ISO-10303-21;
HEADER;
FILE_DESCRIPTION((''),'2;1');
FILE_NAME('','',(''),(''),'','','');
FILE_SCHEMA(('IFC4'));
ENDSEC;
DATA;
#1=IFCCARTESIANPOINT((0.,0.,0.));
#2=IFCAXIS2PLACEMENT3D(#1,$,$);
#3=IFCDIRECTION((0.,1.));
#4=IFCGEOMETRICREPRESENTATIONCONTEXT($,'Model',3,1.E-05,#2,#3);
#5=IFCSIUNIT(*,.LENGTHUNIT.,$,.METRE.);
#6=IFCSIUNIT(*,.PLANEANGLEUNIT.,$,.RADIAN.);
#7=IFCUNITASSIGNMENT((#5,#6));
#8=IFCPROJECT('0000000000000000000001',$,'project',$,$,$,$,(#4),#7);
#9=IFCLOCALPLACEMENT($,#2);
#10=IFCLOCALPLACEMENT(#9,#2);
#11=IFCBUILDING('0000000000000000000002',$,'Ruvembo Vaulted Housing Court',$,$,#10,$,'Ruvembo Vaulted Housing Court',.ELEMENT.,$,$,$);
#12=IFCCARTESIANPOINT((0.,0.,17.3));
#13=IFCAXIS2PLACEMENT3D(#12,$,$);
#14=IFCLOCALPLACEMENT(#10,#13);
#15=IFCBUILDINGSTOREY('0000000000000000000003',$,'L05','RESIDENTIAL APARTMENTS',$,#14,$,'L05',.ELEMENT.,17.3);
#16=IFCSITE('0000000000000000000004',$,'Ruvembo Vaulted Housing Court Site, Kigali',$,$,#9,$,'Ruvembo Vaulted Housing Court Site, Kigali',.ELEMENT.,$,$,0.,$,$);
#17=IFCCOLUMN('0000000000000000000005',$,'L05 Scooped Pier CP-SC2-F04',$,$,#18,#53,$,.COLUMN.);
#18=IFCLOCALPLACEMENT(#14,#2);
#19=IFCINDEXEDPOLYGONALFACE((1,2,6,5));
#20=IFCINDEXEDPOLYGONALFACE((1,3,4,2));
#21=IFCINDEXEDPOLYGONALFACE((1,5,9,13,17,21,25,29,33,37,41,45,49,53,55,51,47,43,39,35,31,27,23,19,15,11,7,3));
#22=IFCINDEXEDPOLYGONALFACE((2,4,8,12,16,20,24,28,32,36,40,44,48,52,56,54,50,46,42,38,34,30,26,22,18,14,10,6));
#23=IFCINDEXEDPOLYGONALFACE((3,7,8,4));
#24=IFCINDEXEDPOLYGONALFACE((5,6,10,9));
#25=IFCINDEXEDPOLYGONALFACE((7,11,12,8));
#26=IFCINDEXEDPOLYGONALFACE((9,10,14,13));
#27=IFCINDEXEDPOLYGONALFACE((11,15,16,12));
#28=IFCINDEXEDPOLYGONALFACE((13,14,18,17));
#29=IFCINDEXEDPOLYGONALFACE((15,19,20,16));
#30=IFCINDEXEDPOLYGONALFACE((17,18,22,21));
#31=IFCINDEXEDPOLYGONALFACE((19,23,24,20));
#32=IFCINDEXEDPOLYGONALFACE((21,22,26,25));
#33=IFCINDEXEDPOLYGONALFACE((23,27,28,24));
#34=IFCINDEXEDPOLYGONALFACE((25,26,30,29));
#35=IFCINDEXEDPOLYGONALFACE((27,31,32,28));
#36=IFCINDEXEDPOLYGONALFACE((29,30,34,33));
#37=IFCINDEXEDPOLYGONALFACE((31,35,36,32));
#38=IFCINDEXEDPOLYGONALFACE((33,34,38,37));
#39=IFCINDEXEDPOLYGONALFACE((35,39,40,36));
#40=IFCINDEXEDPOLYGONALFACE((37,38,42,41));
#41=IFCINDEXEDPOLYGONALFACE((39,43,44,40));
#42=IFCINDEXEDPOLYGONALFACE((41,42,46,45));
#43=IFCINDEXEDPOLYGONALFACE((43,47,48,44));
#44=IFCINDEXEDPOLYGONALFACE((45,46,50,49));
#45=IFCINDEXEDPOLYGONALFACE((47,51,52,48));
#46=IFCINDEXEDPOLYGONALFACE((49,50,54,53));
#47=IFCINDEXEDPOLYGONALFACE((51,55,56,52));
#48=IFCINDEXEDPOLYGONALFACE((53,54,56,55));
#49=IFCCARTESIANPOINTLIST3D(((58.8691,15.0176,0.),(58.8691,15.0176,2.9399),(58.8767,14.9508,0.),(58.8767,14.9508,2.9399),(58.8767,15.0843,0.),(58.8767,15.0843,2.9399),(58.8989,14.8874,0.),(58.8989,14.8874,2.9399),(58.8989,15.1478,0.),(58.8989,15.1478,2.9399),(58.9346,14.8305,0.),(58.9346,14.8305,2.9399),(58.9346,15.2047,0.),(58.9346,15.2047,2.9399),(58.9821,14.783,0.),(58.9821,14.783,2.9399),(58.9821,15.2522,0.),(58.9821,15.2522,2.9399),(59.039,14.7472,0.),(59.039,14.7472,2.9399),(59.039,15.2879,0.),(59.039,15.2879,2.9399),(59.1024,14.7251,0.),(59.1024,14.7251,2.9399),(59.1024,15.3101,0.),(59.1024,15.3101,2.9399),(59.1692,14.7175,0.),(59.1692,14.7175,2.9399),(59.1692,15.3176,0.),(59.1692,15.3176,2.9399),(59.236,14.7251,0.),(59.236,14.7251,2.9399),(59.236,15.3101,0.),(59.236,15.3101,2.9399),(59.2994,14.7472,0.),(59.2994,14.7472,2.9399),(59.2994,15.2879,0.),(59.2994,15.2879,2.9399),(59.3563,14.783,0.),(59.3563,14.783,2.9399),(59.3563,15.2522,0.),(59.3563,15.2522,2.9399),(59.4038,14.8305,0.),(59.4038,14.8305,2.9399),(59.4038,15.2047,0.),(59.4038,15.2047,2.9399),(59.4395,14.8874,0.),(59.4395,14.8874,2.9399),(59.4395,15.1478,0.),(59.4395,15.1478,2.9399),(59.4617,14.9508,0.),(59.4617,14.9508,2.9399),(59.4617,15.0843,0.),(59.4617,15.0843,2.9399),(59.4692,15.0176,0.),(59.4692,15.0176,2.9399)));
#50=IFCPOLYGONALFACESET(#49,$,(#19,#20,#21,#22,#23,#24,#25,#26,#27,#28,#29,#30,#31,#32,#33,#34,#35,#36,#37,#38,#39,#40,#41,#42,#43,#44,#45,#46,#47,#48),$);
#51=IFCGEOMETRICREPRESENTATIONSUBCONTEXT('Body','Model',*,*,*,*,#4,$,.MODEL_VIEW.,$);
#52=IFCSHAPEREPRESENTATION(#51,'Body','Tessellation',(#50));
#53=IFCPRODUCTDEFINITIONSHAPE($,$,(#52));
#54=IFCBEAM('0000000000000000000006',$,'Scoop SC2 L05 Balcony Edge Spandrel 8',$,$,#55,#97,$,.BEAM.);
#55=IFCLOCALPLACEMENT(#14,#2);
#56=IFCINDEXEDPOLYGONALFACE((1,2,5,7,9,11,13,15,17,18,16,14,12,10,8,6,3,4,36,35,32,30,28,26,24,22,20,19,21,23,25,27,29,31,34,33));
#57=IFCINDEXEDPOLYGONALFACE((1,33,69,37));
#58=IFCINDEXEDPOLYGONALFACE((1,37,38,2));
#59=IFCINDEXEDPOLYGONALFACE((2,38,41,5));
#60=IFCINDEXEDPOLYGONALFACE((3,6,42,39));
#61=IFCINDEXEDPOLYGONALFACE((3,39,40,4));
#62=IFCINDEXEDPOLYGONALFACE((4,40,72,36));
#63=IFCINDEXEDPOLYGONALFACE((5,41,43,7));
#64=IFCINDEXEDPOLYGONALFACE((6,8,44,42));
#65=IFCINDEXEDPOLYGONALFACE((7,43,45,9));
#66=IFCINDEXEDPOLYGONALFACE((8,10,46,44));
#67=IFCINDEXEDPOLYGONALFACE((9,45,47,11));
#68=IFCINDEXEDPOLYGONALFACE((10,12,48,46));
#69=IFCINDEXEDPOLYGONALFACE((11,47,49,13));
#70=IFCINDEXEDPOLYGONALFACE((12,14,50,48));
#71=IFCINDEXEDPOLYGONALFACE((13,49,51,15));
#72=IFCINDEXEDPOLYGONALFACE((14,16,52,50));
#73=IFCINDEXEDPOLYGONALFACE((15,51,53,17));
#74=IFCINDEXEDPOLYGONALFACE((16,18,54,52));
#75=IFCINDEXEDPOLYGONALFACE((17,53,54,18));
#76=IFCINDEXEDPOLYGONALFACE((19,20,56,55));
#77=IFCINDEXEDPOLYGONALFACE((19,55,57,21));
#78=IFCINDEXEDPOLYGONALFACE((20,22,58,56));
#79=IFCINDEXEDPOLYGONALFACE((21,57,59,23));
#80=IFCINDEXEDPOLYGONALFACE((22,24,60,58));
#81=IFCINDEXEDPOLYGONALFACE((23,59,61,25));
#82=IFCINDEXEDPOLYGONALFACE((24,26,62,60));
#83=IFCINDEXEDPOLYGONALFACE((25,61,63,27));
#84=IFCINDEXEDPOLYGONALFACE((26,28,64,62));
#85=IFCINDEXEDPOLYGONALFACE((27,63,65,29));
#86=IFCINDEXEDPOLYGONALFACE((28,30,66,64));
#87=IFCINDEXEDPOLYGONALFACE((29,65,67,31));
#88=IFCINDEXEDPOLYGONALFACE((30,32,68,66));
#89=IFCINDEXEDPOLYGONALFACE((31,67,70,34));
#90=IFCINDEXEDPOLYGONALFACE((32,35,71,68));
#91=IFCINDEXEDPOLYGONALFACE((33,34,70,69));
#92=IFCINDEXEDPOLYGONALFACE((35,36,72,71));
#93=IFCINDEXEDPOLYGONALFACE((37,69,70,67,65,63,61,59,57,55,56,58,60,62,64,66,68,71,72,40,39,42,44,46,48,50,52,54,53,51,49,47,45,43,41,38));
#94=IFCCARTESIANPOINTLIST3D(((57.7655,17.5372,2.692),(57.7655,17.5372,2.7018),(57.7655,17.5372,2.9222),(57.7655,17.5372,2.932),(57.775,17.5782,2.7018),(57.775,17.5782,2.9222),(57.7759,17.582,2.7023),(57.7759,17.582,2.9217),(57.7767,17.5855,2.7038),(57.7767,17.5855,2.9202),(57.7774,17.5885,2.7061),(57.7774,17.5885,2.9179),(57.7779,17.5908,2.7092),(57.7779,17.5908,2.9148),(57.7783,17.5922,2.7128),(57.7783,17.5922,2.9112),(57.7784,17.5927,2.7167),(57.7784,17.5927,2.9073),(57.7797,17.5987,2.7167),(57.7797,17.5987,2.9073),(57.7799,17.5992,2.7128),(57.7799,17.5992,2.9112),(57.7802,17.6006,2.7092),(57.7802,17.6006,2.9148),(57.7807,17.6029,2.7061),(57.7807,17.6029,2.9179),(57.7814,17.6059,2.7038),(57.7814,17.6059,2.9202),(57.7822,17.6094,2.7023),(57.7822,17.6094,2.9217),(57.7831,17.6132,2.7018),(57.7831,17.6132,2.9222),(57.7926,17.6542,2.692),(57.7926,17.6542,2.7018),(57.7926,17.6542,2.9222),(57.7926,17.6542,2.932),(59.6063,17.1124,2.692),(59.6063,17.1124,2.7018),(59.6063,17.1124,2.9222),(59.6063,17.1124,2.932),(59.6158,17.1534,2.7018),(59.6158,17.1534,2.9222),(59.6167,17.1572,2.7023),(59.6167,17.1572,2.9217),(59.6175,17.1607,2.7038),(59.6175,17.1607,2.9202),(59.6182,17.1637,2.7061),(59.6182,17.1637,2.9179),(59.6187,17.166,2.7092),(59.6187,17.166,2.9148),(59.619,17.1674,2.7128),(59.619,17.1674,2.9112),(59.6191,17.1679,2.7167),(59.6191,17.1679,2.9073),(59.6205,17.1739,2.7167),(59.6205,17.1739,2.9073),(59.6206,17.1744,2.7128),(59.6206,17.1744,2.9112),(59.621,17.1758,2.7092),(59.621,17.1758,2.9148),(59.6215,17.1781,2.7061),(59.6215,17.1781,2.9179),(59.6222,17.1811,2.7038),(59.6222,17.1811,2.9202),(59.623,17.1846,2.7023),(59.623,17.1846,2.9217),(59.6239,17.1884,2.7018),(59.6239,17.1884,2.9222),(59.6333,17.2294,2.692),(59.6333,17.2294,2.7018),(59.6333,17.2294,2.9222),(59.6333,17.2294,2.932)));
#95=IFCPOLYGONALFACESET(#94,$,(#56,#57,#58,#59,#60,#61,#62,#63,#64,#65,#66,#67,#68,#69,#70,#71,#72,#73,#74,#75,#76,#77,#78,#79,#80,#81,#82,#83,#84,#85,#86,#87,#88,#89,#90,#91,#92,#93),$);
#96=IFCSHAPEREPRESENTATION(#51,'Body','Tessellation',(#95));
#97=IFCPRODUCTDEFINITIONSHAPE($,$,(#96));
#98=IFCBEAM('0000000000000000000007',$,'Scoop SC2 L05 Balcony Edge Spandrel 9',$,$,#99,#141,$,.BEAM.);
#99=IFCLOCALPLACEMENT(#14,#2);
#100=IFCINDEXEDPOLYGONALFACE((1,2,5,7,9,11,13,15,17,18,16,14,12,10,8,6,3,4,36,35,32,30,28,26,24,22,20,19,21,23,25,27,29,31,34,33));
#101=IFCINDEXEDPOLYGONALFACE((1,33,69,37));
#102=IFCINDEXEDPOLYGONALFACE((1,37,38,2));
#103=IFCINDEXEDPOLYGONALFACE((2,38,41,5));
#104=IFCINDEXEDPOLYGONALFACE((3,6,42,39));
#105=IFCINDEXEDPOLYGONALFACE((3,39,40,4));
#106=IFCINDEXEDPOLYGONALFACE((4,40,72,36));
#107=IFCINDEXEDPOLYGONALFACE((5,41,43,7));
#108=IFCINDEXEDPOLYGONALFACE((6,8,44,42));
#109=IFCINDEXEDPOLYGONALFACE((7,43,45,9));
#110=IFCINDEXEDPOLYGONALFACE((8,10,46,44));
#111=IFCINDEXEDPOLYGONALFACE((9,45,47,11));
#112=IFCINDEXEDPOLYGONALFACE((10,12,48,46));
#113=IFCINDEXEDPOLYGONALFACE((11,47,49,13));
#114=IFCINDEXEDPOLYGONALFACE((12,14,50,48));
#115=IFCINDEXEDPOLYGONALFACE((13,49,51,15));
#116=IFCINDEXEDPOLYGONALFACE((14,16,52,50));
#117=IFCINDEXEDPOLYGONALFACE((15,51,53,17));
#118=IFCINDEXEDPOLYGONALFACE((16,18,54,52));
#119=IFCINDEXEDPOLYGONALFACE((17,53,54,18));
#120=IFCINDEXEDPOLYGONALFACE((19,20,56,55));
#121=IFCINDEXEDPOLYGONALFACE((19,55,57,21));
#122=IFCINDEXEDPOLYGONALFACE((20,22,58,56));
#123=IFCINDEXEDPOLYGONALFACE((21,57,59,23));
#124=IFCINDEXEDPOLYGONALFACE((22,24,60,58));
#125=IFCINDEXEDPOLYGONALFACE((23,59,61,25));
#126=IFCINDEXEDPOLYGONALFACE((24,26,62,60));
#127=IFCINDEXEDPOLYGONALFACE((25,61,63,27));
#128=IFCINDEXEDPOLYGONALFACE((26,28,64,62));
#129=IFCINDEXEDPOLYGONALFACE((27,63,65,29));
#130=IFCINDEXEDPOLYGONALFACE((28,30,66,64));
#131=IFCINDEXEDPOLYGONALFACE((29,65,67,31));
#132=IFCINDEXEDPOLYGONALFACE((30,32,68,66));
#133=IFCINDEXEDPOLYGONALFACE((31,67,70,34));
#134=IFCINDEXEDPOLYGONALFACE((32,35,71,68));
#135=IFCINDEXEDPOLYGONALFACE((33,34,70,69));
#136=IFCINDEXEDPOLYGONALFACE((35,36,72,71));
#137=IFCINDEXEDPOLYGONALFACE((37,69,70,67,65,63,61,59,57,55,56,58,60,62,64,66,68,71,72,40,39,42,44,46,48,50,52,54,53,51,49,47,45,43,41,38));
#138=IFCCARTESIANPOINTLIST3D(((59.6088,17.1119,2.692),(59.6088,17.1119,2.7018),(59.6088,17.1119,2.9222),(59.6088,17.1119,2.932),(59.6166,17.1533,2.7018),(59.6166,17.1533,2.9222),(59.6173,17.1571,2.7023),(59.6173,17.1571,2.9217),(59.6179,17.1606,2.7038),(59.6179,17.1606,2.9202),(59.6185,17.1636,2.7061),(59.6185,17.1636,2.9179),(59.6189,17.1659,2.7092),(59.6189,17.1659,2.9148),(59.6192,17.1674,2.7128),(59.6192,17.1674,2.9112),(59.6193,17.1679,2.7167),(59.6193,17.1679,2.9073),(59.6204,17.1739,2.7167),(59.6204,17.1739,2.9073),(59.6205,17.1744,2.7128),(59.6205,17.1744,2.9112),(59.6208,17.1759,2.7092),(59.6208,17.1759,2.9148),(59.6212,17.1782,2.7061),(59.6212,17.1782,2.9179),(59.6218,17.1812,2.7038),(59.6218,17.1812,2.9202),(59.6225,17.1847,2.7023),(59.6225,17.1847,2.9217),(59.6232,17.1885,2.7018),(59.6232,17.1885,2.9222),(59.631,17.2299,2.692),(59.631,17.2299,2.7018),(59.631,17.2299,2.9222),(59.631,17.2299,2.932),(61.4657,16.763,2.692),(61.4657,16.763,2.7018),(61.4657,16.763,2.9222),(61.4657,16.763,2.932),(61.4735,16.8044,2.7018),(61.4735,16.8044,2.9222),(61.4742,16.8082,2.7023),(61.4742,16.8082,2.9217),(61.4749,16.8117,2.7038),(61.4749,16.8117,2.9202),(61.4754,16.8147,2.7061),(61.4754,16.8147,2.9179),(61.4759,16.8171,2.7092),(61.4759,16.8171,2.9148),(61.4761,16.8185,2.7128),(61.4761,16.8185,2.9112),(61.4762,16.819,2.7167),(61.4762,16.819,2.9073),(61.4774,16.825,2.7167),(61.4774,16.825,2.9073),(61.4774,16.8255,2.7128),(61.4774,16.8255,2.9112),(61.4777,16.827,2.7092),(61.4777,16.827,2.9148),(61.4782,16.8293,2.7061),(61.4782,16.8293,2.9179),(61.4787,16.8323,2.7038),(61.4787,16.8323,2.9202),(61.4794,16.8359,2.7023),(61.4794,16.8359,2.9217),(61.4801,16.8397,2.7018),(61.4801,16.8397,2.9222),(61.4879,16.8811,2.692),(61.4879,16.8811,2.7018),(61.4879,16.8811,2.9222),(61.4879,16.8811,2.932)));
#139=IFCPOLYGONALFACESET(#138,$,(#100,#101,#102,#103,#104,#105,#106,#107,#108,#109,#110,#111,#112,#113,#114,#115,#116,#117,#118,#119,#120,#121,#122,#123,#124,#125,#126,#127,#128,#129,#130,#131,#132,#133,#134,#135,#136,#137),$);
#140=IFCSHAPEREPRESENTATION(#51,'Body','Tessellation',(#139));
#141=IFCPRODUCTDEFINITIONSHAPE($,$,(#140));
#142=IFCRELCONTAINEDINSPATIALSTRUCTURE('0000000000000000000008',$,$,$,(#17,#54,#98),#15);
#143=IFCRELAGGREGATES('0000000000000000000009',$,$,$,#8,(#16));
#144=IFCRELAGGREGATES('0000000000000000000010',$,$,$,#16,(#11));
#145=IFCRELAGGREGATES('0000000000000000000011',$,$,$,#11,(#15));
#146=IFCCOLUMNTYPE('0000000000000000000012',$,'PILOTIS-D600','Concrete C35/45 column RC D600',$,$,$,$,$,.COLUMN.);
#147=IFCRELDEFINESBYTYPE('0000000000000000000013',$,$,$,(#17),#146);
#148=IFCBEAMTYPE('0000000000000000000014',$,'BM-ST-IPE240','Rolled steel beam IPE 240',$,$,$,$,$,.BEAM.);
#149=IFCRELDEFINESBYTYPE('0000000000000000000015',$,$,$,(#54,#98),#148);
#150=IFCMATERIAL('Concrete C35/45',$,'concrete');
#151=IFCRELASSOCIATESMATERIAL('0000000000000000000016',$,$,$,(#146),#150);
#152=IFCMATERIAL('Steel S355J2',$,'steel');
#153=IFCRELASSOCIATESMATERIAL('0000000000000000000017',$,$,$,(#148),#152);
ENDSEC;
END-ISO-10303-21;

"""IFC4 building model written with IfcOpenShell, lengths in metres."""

from ifc_helpers import new_model, si_unit, direction, frame, origin, origin_2d, place, context, subcontext, project, spatial, circle, i_section, extrude, material, material_profile, profile_set, type_object, element, save


model = new_model("IFC4")

# Units and contexts
model_context = context("Model", 3, precision=1e-05, world=origin(), true_north=direction((0.0, 1.0)))
body_context = subcontext(model_context, "Body", "Model", "MODEL_VIEW")
ifc_project = project(units=[si_unit("LENGTHUNIT", "METRE"), si_unit("PLANEANGLEUNIT", "RADIAN")], contexts=[model_context])

# Site, building, storey
site_placement = place(None, origin())
site = spatial("IfcSite", under=ifc_project, at=site_placement, Name="Ruvembo Vaulted Housing Court Site, Kigali", LongName="Ruvembo Vaulted Housing Court Site, Kigali", CompositionType="ELEMENT", RefElevation=0.0)
building_placement = place(site_placement, origin())
building = spatial("IfcBuilding", under=site, at=building_placement, Name="Ruvembo Vaulted Housing Court", LongName="Ruvembo Vaulted Housing Court", CompositionType="ELEMENT")
storey_placement = place(building_placement, frame((0.0, 0.0, 17.3)))
storey = spatial("IfcBuildingStorey", under=building, at=storey_placement, Name="L05", Description="RESIDENTIAL APARTMENTS", LongName="L05", CompositionType="ELEMENT", Elevation=17.3)

# Column
ifc_material_1 = material(Name="Concrete C35/45", Category="concrete")
ifc_material_profile_1 = material_profile(ifc_material_1, circle(Radius=0.3, at=origin_2d()), Name="RC D600")
ifc_profile_set_1 = profile_set([ifc_material_profile_1], Name="Concrete C35/45")
column_type = type_object("IfcColumnType", Name="PILOTIS-D600", Description="Concrete C35/45 column RC D600", PredefinedType="COLUMN", material=ifc_profile_set_1)
column_placement = place(storey_placement, frame((59.1692, 15.0176, 0.0), z_axis=(0.0, 0.0, 1.0), x_axis=(1.0, 0.0, 0.0)))
element("IfcColumn", 1, at=column_placement, inside=storey, type_object=column_type, Name="L05 Scooped Pier CP-SC2-F04", PredefinedType="COLUMN", context=body_context, shape_type="SweptSolid", body=[
    extrude(circle(Radius=0.3, at=origin_2d()), origin(), (0.0, 0.0, 1.0), 2.9399),
])

# Beams
ifc_material_2 = material(Name="Steel S355J2", Category="steel")
ifc_material_profile_2 = material_profile(ifc_material_2, i_section(OverallWidth=0.1201, OverallDepth=0.24, WebThickness=0.0061, FlangeThickness=0.0098, FilletRadius=0.0149, at=origin_2d()), Name="IPE 240")
ifc_profile_set_2 = profile_set([ifc_material_profile_2], Name="Steel S355J2")
beam_type = type_object("IfcBeamType", Name="BM-ST-IPE240", Description="Rolled steel beam IPE 240", PredefinedType="BEAM", material=ifc_profile_set_2)
beam_1_placement = place(storey_placement, frame((57.7791, 17.5957, 2.812), z_axis=(0.974391, -0.22486, 0.0), x_axis=(0.22486, 0.974391, 0.0)))
element("IfcBeam", 2, at=beam_1_placement, inside=storey, type_object=beam_type, Name="Scoop SC2 L05 Balcony Edge Spandrel 8", PredefinedType="BEAM", context=body_context, shape_type="SweptSolid", body=[
    extrude(i_section(OverallWidth=0.1201, OverallDepth=0.24, WebThickness=0.0061, FlangeThickness=0.0098, FilletRadius=0.0149, at=origin_2d()), origin(), (0.0, 0.0, 1.0), 1.8892),
])
beam_2_placement = place(storey_placement, frame((59.6199, 17.1709, 2.812), z_axis=(0.982805, -0.184647, 0.0), x_axis=(0.184647, 0.982805, 0.0)))
element("IfcBeam", 3, at=beam_2_placement, inside=storey, type_object=beam_type, Name="Scoop SC2 L05 Balcony Edge Spandrel 9", PredefinedType="BEAM", context=body_context, shape_type="SweptSolid", body=[
    extrude(i_section(OverallWidth=0.1201, OverallDepth=0.24, WebThickness=0.0061, FlangeThickness=0.0098, FilletRadius=0.0149, at=origin_2d()), origin(), (0.0, 0.0, 1.0), 1.8894),
])

save(model, "model.ifc")
